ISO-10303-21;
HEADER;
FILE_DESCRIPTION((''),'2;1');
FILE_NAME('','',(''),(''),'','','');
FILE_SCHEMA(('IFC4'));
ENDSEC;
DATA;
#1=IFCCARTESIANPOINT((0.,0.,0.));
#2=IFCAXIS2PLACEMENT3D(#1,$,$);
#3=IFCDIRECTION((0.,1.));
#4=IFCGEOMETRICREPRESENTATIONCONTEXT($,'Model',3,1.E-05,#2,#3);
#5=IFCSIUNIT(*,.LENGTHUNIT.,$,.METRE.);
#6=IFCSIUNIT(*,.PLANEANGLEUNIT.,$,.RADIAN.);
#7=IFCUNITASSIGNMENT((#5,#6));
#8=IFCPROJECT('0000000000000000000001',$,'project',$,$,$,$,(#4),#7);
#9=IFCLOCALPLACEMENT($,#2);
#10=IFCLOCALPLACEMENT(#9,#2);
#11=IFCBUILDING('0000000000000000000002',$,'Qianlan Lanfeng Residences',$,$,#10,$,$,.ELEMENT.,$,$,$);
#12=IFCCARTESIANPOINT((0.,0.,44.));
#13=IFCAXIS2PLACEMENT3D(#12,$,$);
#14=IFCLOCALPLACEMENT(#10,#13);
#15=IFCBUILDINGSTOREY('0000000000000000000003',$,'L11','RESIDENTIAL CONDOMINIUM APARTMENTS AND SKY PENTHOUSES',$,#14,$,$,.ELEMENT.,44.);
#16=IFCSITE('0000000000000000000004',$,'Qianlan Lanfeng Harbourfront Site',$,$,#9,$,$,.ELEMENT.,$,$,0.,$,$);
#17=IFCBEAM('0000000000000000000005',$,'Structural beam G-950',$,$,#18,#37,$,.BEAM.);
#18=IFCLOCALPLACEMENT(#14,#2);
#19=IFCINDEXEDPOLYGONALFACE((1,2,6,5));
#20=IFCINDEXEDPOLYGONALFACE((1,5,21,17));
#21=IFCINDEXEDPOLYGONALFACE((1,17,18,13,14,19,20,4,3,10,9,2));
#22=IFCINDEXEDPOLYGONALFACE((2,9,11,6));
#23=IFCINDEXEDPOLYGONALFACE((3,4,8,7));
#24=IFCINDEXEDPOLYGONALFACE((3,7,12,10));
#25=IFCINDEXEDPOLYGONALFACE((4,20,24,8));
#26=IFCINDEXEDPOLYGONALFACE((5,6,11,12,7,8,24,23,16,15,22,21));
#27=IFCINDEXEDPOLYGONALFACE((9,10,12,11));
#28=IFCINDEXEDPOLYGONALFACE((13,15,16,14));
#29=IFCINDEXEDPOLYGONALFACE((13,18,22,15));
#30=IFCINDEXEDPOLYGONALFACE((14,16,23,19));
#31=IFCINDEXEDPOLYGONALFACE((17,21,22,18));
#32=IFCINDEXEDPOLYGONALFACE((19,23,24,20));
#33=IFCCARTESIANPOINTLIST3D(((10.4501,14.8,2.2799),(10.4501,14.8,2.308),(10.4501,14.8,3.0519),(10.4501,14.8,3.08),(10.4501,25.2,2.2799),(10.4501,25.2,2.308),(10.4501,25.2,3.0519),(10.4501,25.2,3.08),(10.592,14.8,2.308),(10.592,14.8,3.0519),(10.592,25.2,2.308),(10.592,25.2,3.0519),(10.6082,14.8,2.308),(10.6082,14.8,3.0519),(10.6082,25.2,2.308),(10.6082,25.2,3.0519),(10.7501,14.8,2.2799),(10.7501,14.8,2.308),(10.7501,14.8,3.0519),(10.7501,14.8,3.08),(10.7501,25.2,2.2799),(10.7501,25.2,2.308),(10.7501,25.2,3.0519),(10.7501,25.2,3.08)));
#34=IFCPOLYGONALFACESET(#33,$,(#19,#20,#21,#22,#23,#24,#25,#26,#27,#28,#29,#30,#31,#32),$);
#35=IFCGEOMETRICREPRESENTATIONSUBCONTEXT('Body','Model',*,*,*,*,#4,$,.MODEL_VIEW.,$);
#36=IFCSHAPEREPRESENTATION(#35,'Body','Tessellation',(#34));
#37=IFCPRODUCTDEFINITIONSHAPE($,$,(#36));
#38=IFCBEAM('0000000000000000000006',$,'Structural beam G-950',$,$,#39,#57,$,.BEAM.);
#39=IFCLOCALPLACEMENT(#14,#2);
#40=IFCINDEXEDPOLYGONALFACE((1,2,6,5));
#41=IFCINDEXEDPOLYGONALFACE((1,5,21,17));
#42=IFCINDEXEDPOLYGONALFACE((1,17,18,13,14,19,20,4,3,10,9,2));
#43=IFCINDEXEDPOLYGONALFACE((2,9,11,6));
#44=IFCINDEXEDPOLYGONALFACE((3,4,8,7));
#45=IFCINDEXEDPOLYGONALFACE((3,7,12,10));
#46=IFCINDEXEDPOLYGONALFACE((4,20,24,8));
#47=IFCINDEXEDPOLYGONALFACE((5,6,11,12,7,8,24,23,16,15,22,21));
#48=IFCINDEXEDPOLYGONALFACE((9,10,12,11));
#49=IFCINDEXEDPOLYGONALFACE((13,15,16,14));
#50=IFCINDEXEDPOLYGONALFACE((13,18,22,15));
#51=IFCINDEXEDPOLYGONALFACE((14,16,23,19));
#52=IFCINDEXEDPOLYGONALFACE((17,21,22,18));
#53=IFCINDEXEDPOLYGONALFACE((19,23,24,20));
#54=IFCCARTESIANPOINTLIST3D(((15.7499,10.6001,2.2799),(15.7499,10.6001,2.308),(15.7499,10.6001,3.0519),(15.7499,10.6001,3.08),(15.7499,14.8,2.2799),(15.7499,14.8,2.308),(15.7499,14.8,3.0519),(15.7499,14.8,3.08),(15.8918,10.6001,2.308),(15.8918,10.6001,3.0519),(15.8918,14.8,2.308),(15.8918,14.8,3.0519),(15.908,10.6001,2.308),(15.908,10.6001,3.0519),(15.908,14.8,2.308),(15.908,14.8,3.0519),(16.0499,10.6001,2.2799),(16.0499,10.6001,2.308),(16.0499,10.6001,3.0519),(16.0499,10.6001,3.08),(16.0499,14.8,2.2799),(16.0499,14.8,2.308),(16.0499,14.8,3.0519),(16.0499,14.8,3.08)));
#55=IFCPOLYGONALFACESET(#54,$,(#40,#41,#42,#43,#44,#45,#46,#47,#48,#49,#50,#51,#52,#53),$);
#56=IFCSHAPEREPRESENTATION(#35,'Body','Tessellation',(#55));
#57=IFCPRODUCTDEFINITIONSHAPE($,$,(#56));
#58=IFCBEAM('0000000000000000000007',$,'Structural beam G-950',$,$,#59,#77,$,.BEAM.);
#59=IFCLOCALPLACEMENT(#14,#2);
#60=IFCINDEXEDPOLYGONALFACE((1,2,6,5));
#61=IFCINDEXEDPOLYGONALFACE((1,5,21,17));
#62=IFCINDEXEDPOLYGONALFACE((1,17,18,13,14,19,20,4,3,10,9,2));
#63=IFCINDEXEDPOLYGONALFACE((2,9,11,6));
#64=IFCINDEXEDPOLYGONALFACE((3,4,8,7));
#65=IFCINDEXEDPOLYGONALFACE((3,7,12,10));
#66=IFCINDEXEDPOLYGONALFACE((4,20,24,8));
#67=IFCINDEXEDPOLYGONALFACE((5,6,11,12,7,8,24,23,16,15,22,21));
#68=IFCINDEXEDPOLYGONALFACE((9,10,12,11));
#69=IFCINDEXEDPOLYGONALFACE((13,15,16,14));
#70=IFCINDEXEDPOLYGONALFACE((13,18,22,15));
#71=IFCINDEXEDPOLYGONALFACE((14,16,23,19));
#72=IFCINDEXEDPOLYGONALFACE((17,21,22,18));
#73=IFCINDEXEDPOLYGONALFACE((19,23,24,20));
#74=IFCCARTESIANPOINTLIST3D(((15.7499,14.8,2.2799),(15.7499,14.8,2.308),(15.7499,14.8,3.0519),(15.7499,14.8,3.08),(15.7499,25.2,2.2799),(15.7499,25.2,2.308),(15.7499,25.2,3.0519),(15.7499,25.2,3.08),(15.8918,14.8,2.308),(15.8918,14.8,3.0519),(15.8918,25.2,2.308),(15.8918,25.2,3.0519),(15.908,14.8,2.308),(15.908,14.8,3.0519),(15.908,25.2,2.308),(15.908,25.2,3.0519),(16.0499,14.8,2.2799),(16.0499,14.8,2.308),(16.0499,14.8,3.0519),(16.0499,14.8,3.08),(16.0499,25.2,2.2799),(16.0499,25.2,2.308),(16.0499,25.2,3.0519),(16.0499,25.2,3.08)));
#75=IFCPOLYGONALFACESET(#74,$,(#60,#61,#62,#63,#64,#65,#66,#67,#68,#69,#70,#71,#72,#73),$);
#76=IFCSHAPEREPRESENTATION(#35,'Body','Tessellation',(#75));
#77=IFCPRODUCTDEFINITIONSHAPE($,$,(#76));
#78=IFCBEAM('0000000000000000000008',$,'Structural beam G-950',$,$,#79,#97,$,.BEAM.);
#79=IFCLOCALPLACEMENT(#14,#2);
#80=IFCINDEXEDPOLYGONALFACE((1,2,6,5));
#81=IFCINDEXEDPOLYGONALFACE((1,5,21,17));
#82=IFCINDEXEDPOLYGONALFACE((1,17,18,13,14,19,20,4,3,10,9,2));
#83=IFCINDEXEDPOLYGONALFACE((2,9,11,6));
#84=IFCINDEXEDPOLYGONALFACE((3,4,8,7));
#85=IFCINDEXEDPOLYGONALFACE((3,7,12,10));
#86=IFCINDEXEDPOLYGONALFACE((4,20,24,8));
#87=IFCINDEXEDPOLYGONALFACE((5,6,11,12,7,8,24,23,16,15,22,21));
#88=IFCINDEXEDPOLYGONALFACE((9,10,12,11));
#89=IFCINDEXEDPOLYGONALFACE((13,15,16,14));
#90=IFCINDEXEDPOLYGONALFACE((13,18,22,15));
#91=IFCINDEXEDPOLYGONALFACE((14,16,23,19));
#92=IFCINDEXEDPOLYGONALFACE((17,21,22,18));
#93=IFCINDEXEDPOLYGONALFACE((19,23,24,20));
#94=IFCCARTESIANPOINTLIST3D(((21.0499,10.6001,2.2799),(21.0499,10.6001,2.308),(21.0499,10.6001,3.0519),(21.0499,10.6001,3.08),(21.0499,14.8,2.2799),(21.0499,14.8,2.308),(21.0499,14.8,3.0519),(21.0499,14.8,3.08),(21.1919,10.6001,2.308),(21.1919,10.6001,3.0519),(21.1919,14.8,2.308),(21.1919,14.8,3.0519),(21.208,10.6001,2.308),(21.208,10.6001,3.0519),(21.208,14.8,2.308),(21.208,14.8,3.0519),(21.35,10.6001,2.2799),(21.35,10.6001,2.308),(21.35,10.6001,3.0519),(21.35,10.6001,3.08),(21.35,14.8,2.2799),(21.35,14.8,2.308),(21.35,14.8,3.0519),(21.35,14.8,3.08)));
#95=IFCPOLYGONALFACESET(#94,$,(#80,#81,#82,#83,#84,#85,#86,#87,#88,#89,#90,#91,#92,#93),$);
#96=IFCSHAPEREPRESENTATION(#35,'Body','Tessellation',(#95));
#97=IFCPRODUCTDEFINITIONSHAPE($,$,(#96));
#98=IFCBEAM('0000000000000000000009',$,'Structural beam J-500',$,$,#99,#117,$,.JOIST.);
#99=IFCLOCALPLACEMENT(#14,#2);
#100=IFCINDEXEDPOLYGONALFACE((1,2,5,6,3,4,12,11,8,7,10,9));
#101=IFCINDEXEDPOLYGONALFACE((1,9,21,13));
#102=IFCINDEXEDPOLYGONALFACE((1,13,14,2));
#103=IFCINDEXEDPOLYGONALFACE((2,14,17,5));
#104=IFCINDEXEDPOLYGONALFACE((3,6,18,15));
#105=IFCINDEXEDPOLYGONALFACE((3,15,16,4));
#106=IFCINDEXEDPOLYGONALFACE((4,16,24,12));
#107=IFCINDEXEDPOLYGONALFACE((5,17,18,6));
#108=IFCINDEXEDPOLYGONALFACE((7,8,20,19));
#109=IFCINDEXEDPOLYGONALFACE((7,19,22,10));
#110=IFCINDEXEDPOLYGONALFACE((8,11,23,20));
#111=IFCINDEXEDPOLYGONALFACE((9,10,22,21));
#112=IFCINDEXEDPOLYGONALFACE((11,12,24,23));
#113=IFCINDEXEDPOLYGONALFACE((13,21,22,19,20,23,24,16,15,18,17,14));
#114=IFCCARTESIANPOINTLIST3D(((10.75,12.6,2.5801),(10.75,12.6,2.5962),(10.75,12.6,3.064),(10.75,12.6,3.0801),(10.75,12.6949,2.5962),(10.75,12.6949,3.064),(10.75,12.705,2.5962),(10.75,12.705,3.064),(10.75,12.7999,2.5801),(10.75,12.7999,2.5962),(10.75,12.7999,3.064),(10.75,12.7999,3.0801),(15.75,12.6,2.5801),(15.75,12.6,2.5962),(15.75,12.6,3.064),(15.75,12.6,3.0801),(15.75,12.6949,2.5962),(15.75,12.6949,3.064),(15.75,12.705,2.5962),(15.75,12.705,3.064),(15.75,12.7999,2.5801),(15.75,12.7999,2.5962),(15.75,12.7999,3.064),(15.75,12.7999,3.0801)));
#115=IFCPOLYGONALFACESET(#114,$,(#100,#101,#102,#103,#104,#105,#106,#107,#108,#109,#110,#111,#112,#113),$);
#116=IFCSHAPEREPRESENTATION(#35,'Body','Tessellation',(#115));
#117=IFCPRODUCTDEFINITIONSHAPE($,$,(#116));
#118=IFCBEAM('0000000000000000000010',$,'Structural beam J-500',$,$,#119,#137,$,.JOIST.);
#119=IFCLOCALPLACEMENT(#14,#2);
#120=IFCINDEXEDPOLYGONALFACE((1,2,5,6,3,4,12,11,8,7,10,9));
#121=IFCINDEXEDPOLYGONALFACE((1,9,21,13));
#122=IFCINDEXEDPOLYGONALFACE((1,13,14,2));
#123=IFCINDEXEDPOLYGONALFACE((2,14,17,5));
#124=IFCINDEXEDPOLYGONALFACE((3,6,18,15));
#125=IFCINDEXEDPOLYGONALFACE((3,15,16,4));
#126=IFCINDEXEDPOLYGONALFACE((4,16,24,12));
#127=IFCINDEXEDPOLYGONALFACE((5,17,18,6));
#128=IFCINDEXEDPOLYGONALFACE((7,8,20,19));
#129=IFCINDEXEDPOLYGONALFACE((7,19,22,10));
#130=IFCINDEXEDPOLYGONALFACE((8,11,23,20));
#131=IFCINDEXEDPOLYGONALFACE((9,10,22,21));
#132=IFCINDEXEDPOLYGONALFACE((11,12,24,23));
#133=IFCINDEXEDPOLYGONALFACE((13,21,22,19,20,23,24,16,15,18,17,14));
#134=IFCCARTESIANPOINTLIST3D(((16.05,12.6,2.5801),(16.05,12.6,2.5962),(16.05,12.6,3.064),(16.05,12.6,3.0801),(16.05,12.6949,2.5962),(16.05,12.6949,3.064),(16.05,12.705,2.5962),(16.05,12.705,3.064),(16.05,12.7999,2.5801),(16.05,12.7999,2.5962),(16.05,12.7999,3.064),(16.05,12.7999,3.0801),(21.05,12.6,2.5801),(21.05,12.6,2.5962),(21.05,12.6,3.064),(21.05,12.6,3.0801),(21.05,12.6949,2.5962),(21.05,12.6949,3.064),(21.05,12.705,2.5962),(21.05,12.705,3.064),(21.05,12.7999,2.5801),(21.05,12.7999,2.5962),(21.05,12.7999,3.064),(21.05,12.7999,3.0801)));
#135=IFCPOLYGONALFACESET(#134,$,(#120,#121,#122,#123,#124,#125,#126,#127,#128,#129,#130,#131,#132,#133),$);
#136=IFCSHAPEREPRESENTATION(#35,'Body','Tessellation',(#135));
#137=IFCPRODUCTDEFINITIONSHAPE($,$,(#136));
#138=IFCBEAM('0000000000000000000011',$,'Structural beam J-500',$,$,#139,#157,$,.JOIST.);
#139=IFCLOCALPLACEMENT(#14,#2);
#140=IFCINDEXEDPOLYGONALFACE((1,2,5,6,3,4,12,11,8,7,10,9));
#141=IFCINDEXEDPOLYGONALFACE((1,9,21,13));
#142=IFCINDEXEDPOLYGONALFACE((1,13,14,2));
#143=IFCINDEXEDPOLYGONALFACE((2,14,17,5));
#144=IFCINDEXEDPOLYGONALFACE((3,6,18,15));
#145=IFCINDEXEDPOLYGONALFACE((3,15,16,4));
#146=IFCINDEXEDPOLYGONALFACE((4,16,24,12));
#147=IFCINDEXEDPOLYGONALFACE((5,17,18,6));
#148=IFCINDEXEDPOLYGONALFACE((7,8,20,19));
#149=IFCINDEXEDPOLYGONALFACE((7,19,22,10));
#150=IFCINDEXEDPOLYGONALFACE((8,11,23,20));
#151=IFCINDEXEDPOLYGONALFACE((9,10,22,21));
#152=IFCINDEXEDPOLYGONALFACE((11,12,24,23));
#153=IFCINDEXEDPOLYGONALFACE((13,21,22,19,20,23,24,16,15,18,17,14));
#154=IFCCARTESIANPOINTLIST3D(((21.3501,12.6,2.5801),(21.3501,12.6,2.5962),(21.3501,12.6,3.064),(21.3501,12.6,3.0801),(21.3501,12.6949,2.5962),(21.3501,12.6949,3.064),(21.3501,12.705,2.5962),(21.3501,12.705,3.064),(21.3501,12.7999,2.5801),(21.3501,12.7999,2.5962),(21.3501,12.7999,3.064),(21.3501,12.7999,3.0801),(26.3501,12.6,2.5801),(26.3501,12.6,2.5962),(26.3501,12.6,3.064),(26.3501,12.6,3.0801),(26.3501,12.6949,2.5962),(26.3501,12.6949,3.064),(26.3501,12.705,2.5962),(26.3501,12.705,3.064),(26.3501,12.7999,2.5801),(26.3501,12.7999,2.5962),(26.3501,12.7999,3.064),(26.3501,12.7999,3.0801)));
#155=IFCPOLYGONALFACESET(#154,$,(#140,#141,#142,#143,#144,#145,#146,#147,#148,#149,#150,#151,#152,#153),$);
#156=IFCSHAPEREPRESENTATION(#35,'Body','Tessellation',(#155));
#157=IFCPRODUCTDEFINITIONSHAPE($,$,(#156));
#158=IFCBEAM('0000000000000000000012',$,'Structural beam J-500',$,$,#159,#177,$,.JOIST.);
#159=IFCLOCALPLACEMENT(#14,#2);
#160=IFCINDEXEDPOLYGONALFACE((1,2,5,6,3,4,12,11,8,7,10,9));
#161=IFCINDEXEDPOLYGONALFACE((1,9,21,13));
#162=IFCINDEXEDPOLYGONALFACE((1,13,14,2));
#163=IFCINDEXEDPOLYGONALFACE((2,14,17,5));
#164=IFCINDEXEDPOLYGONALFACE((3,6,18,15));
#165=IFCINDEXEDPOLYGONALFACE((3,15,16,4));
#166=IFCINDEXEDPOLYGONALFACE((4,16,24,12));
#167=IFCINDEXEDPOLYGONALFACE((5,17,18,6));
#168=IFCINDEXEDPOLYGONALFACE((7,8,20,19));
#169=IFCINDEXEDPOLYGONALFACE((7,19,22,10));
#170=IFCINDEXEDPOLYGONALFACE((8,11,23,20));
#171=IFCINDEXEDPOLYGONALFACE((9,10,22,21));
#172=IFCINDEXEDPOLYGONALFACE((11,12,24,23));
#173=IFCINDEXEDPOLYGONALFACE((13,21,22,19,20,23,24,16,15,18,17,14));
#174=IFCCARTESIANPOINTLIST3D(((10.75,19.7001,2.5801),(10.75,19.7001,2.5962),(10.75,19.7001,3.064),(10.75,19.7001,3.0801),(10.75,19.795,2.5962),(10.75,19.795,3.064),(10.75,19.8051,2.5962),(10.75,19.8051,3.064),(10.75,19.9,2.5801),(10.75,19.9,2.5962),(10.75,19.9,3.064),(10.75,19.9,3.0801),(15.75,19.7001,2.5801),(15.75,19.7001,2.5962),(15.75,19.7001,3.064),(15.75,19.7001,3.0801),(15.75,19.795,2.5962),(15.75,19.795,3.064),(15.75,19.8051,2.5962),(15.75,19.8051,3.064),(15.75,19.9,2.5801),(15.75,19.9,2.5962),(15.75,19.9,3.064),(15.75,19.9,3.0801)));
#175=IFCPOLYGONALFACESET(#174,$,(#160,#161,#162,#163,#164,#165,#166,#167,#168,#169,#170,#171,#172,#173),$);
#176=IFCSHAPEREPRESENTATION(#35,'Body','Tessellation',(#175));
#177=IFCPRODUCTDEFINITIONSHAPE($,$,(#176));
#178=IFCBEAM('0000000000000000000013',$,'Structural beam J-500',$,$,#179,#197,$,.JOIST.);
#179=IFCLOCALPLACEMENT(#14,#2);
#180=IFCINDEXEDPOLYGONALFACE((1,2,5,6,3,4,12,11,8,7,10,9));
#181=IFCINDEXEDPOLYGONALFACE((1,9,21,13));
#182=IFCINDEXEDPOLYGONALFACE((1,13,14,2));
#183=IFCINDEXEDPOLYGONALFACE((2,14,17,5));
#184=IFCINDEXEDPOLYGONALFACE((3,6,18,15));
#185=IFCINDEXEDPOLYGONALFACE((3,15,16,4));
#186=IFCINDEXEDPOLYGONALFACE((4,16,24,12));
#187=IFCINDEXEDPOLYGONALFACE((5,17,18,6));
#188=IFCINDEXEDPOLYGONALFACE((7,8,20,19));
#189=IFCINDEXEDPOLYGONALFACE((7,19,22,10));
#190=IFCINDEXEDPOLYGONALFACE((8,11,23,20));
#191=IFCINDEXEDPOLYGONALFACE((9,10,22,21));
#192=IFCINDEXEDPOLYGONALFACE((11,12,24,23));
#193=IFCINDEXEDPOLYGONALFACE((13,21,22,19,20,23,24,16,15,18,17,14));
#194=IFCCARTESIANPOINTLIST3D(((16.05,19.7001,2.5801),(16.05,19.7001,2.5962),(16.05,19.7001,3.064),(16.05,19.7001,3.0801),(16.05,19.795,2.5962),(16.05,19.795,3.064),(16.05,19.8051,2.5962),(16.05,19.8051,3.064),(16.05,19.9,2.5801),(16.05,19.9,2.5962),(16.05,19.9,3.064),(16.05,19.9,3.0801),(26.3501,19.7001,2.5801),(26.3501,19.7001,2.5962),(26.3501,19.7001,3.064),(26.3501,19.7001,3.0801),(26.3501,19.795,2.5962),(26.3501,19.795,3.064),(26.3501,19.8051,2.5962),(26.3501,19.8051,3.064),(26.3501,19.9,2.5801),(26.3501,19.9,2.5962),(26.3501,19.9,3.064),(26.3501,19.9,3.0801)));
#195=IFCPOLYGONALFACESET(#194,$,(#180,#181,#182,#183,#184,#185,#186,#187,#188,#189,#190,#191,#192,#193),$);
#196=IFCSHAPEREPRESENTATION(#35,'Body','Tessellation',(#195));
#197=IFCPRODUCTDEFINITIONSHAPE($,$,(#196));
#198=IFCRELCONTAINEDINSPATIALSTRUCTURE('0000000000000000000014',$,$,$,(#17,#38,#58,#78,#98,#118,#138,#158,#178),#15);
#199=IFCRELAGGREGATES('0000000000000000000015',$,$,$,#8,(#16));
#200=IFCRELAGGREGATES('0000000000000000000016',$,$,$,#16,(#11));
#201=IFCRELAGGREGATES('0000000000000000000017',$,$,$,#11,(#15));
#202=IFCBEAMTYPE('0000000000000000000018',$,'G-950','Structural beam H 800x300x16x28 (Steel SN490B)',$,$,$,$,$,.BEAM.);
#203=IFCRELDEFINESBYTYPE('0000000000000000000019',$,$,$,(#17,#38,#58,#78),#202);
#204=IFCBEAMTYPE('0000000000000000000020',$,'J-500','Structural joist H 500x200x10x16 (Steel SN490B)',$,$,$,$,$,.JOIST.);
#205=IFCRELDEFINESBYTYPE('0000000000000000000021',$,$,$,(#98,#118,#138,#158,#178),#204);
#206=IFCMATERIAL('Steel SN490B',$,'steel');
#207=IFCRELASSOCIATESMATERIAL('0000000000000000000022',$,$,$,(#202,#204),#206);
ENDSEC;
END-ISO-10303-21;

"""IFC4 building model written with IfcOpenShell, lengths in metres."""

from ifc_helpers import new_model, si_unit, direction, frame, origin, origin_2d, place, context, subcontext, project, spatial, i_section, extrude, material, material_profile, profile_set, type_object, element, save


model = new_model("IFC4")

# Units and contexts
model_context = context("Model", 3, precision=1e-05, world=origin(), true_north=direction((0.0, 1.0)))
body_context = subcontext(model_context, "Body", "Model", "MODEL_VIEW")
ifc_project = project(units=[si_unit("LENGTHUNIT", "METRE"), si_unit("PLANEANGLEUNIT", "RADIAN")], contexts=[model_context])

# Site, building, storey
site_placement = place(None, origin())
site = spatial("IfcSite", under=ifc_project, at=site_placement, Name="Qianlan Lanfeng Harbourfront Site", CompositionType="ELEMENT", RefElevation=0.0)
building_placement = place(site_placement, origin())
building = spatial("IfcBuilding", under=site, at=building_placement, Name="Qianlan Lanfeng Residences", CompositionType="ELEMENT")
storey_placement = place(building_placement, frame((0.0, 0.0, 44.0)))
storey = spatial("IfcBuildingStorey", under=building, at=storey_placement, Name="L11", Description="RESIDENTIAL CONDOMINIUM APARTMENTS AND SKY PENTHOUSES", CompositionType="ELEMENT", Elevation=44.0)

# Beams
ifc_material_1 = material(Name="Steel SN490B", Category="steel")
ifc_material_profile_1 = material_profile(ifc_material_1, i_section(OverallWidth=0.3, OverallDepth=0.8, WebThickness=0.0161, FlangeThickness=0.0281, at=origin_2d()), Name="H 800x300x16x28")
ifc_profile_set_1 = profile_set([ifc_material_profile_1], Name="Steel SN490B")
beam_type_1 = type_object("IfcBeamType", Name="G-950", Description="Structural beam H 800x300x16x28 (Steel SN490B)", PredefinedType="BEAM", material=ifc_profile_set_1)
beam_1_placement = place(storey_placement, frame((10.6001, 14.8, 2.6799), z_axis=(0.0, 1.0, 0.0), x_axis=(-1.0, 0.0, 0.0)))
element("IfcBeam", 1, at=beam_1_placement, inside=storey, type_object=beam_type_1, Name="Structural beam G-950", PredefinedType="BEAM", context=body_context, shape_type="SweptSolid", body=[
    extrude(i_section(OverallWidth=0.3, OverallDepth=0.8, WebThickness=0.0161, FlangeThickness=0.0281, at=origin_2d()), origin(), (0.0, 0.0, 1.0), 10.3999),
])
beam_2_placement = place(storey_placement, frame((15.8999, 10.6001, 2.6799), z_axis=(0.0, 1.0, 0.0), x_axis=(-1.0, 0.0, 0.0)))
element("IfcBeam", 2, at=beam_2_placement, inside=storey, type_object=beam_type_1, Name="Structural beam G-950", PredefinedType="BEAM", context=body_context, shape_type="SweptSolid", body=[
    extrude(i_section(OverallWidth=0.3, OverallDepth=0.8, WebThickness=0.0161, FlangeThickness=0.0281, at=origin_2d()), origin(), (0.0, 0.0, 1.0), 4.2),
])
beam_3_placement = place(storey_placement, frame((15.8999, 14.8, 2.6799), z_axis=(0.0, 1.0, 0.0), x_axis=(-1.0, 0.0, 0.0)))
element("IfcBeam", 3, at=beam_3_placement, inside=storey, type_object=beam_type_1, Name="Structural beam G-950", PredefinedType="BEAM", context=body_context, shape_type="SweptSolid", body=[
    extrude(i_section(OverallWidth=0.3, OverallDepth=0.8, WebThickness=0.0161, FlangeThickness=0.0281, at=origin_2d()), origin(), (0.0, 0.0, 1.0), 10.3999),
])
beam_4_placement = place(storey_placement, frame((21.2, 10.6001, 2.6799), z_axis=(0.0, 1.0, 0.0), x_axis=(-1.0, 0.0, 0.0)))
element("IfcBeam", 4, at=beam_4_placement, inside=storey, type_object=beam_type_1, Name="Structural beam G-950", PredefinedType="BEAM", context=body_context, shape_type="SweptSolid", body=[
    extrude(i_section(OverallWidth=0.3, OverallDepth=0.8, WebThickness=0.0161, FlangeThickness=0.0281, at=origin_2d()), origin(), (0.0, 0.0, 1.0), 4.2),
])
ifc_material_profile_2 = material_profile(ifc_material_1, i_section(OverallWidth=0.2, OverallDepth=0.5, WebThickness=0.01, FlangeThickness=0.0161, at=origin_2d()), Name="H 500x200x10x16")
ifc_profile_set_2 = profile_set([ifc_material_profile_2], Name="Steel SN490B")
beam_type_2 = type_object("IfcBeamType", Name="J-500", Description="Structural joist H 500x200x10x16 (Steel SN490B)", PredefinedType="JOIST", material=ifc_profile_set_2)
for number, where, z_axis, x_axis, name in (
    (5, (10.75, 12.7, 2.8301), (1.0, 0.0, 0.0), (0.0, 1.0, 0.0), "Structural beam J-500"),
    (6, (16.05, 12.7, 2.8301), (1.0, 0.0, 0.0), (0.0, 1.0, 0.0), "Structural beam J-500"),
    (7, (21.3501, 12.7, 2.8301), (1.0, 0.0, 0.0), (0.0, 1.0, 0.0), "Structural beam J-500"),
    (8, (10.75, 19.8, 2.8301), (1.0, 0.0, 0.0), (0.0, 1.0, 0.0), "Structural beam J-500"),
):
    element("IfcBeam", number, at=place(storey_placement, frame(where, z_axis=z_axis, x_axis=x_axis)), inside=storey, type_object=beam_type_2, Name=name, PredefinedType="JOIST", context=body_context, shape_type="SweptSolid", body=[
        extrude(i_section(OverallWidth=0.2, OverallDepth=0.5, WebThickness=0.01, FlangeThickness=0.0161, at=origin_2d()), origin(), (0.0, 0.0, 1.0), 5.0),
    ])
beam_5_placement = place(storey_placement, frame((16.05, 19.8, 2.8301), z_axis=(1.0, 0.0, 0.0), x_axis=(0.0, 1.0, 0.0)))
element("IfcBeam", 9, at=beam_5_placement, inside=storey, type_object=beam_type_2, Name="Structural beam J-500", PredefinedType="JOIST", context=body_context, shape_type="SweptSolid", body=[
    extrude(i_section(OverallWidth=0.2, OverallDepth=0.5, WebThickness=0.01, FlangeThickness=0.0161, at=origin_2d()), origin(), (0.0, 0.0, 1.0), 10.3),
])

save(model, "model.ifc")
